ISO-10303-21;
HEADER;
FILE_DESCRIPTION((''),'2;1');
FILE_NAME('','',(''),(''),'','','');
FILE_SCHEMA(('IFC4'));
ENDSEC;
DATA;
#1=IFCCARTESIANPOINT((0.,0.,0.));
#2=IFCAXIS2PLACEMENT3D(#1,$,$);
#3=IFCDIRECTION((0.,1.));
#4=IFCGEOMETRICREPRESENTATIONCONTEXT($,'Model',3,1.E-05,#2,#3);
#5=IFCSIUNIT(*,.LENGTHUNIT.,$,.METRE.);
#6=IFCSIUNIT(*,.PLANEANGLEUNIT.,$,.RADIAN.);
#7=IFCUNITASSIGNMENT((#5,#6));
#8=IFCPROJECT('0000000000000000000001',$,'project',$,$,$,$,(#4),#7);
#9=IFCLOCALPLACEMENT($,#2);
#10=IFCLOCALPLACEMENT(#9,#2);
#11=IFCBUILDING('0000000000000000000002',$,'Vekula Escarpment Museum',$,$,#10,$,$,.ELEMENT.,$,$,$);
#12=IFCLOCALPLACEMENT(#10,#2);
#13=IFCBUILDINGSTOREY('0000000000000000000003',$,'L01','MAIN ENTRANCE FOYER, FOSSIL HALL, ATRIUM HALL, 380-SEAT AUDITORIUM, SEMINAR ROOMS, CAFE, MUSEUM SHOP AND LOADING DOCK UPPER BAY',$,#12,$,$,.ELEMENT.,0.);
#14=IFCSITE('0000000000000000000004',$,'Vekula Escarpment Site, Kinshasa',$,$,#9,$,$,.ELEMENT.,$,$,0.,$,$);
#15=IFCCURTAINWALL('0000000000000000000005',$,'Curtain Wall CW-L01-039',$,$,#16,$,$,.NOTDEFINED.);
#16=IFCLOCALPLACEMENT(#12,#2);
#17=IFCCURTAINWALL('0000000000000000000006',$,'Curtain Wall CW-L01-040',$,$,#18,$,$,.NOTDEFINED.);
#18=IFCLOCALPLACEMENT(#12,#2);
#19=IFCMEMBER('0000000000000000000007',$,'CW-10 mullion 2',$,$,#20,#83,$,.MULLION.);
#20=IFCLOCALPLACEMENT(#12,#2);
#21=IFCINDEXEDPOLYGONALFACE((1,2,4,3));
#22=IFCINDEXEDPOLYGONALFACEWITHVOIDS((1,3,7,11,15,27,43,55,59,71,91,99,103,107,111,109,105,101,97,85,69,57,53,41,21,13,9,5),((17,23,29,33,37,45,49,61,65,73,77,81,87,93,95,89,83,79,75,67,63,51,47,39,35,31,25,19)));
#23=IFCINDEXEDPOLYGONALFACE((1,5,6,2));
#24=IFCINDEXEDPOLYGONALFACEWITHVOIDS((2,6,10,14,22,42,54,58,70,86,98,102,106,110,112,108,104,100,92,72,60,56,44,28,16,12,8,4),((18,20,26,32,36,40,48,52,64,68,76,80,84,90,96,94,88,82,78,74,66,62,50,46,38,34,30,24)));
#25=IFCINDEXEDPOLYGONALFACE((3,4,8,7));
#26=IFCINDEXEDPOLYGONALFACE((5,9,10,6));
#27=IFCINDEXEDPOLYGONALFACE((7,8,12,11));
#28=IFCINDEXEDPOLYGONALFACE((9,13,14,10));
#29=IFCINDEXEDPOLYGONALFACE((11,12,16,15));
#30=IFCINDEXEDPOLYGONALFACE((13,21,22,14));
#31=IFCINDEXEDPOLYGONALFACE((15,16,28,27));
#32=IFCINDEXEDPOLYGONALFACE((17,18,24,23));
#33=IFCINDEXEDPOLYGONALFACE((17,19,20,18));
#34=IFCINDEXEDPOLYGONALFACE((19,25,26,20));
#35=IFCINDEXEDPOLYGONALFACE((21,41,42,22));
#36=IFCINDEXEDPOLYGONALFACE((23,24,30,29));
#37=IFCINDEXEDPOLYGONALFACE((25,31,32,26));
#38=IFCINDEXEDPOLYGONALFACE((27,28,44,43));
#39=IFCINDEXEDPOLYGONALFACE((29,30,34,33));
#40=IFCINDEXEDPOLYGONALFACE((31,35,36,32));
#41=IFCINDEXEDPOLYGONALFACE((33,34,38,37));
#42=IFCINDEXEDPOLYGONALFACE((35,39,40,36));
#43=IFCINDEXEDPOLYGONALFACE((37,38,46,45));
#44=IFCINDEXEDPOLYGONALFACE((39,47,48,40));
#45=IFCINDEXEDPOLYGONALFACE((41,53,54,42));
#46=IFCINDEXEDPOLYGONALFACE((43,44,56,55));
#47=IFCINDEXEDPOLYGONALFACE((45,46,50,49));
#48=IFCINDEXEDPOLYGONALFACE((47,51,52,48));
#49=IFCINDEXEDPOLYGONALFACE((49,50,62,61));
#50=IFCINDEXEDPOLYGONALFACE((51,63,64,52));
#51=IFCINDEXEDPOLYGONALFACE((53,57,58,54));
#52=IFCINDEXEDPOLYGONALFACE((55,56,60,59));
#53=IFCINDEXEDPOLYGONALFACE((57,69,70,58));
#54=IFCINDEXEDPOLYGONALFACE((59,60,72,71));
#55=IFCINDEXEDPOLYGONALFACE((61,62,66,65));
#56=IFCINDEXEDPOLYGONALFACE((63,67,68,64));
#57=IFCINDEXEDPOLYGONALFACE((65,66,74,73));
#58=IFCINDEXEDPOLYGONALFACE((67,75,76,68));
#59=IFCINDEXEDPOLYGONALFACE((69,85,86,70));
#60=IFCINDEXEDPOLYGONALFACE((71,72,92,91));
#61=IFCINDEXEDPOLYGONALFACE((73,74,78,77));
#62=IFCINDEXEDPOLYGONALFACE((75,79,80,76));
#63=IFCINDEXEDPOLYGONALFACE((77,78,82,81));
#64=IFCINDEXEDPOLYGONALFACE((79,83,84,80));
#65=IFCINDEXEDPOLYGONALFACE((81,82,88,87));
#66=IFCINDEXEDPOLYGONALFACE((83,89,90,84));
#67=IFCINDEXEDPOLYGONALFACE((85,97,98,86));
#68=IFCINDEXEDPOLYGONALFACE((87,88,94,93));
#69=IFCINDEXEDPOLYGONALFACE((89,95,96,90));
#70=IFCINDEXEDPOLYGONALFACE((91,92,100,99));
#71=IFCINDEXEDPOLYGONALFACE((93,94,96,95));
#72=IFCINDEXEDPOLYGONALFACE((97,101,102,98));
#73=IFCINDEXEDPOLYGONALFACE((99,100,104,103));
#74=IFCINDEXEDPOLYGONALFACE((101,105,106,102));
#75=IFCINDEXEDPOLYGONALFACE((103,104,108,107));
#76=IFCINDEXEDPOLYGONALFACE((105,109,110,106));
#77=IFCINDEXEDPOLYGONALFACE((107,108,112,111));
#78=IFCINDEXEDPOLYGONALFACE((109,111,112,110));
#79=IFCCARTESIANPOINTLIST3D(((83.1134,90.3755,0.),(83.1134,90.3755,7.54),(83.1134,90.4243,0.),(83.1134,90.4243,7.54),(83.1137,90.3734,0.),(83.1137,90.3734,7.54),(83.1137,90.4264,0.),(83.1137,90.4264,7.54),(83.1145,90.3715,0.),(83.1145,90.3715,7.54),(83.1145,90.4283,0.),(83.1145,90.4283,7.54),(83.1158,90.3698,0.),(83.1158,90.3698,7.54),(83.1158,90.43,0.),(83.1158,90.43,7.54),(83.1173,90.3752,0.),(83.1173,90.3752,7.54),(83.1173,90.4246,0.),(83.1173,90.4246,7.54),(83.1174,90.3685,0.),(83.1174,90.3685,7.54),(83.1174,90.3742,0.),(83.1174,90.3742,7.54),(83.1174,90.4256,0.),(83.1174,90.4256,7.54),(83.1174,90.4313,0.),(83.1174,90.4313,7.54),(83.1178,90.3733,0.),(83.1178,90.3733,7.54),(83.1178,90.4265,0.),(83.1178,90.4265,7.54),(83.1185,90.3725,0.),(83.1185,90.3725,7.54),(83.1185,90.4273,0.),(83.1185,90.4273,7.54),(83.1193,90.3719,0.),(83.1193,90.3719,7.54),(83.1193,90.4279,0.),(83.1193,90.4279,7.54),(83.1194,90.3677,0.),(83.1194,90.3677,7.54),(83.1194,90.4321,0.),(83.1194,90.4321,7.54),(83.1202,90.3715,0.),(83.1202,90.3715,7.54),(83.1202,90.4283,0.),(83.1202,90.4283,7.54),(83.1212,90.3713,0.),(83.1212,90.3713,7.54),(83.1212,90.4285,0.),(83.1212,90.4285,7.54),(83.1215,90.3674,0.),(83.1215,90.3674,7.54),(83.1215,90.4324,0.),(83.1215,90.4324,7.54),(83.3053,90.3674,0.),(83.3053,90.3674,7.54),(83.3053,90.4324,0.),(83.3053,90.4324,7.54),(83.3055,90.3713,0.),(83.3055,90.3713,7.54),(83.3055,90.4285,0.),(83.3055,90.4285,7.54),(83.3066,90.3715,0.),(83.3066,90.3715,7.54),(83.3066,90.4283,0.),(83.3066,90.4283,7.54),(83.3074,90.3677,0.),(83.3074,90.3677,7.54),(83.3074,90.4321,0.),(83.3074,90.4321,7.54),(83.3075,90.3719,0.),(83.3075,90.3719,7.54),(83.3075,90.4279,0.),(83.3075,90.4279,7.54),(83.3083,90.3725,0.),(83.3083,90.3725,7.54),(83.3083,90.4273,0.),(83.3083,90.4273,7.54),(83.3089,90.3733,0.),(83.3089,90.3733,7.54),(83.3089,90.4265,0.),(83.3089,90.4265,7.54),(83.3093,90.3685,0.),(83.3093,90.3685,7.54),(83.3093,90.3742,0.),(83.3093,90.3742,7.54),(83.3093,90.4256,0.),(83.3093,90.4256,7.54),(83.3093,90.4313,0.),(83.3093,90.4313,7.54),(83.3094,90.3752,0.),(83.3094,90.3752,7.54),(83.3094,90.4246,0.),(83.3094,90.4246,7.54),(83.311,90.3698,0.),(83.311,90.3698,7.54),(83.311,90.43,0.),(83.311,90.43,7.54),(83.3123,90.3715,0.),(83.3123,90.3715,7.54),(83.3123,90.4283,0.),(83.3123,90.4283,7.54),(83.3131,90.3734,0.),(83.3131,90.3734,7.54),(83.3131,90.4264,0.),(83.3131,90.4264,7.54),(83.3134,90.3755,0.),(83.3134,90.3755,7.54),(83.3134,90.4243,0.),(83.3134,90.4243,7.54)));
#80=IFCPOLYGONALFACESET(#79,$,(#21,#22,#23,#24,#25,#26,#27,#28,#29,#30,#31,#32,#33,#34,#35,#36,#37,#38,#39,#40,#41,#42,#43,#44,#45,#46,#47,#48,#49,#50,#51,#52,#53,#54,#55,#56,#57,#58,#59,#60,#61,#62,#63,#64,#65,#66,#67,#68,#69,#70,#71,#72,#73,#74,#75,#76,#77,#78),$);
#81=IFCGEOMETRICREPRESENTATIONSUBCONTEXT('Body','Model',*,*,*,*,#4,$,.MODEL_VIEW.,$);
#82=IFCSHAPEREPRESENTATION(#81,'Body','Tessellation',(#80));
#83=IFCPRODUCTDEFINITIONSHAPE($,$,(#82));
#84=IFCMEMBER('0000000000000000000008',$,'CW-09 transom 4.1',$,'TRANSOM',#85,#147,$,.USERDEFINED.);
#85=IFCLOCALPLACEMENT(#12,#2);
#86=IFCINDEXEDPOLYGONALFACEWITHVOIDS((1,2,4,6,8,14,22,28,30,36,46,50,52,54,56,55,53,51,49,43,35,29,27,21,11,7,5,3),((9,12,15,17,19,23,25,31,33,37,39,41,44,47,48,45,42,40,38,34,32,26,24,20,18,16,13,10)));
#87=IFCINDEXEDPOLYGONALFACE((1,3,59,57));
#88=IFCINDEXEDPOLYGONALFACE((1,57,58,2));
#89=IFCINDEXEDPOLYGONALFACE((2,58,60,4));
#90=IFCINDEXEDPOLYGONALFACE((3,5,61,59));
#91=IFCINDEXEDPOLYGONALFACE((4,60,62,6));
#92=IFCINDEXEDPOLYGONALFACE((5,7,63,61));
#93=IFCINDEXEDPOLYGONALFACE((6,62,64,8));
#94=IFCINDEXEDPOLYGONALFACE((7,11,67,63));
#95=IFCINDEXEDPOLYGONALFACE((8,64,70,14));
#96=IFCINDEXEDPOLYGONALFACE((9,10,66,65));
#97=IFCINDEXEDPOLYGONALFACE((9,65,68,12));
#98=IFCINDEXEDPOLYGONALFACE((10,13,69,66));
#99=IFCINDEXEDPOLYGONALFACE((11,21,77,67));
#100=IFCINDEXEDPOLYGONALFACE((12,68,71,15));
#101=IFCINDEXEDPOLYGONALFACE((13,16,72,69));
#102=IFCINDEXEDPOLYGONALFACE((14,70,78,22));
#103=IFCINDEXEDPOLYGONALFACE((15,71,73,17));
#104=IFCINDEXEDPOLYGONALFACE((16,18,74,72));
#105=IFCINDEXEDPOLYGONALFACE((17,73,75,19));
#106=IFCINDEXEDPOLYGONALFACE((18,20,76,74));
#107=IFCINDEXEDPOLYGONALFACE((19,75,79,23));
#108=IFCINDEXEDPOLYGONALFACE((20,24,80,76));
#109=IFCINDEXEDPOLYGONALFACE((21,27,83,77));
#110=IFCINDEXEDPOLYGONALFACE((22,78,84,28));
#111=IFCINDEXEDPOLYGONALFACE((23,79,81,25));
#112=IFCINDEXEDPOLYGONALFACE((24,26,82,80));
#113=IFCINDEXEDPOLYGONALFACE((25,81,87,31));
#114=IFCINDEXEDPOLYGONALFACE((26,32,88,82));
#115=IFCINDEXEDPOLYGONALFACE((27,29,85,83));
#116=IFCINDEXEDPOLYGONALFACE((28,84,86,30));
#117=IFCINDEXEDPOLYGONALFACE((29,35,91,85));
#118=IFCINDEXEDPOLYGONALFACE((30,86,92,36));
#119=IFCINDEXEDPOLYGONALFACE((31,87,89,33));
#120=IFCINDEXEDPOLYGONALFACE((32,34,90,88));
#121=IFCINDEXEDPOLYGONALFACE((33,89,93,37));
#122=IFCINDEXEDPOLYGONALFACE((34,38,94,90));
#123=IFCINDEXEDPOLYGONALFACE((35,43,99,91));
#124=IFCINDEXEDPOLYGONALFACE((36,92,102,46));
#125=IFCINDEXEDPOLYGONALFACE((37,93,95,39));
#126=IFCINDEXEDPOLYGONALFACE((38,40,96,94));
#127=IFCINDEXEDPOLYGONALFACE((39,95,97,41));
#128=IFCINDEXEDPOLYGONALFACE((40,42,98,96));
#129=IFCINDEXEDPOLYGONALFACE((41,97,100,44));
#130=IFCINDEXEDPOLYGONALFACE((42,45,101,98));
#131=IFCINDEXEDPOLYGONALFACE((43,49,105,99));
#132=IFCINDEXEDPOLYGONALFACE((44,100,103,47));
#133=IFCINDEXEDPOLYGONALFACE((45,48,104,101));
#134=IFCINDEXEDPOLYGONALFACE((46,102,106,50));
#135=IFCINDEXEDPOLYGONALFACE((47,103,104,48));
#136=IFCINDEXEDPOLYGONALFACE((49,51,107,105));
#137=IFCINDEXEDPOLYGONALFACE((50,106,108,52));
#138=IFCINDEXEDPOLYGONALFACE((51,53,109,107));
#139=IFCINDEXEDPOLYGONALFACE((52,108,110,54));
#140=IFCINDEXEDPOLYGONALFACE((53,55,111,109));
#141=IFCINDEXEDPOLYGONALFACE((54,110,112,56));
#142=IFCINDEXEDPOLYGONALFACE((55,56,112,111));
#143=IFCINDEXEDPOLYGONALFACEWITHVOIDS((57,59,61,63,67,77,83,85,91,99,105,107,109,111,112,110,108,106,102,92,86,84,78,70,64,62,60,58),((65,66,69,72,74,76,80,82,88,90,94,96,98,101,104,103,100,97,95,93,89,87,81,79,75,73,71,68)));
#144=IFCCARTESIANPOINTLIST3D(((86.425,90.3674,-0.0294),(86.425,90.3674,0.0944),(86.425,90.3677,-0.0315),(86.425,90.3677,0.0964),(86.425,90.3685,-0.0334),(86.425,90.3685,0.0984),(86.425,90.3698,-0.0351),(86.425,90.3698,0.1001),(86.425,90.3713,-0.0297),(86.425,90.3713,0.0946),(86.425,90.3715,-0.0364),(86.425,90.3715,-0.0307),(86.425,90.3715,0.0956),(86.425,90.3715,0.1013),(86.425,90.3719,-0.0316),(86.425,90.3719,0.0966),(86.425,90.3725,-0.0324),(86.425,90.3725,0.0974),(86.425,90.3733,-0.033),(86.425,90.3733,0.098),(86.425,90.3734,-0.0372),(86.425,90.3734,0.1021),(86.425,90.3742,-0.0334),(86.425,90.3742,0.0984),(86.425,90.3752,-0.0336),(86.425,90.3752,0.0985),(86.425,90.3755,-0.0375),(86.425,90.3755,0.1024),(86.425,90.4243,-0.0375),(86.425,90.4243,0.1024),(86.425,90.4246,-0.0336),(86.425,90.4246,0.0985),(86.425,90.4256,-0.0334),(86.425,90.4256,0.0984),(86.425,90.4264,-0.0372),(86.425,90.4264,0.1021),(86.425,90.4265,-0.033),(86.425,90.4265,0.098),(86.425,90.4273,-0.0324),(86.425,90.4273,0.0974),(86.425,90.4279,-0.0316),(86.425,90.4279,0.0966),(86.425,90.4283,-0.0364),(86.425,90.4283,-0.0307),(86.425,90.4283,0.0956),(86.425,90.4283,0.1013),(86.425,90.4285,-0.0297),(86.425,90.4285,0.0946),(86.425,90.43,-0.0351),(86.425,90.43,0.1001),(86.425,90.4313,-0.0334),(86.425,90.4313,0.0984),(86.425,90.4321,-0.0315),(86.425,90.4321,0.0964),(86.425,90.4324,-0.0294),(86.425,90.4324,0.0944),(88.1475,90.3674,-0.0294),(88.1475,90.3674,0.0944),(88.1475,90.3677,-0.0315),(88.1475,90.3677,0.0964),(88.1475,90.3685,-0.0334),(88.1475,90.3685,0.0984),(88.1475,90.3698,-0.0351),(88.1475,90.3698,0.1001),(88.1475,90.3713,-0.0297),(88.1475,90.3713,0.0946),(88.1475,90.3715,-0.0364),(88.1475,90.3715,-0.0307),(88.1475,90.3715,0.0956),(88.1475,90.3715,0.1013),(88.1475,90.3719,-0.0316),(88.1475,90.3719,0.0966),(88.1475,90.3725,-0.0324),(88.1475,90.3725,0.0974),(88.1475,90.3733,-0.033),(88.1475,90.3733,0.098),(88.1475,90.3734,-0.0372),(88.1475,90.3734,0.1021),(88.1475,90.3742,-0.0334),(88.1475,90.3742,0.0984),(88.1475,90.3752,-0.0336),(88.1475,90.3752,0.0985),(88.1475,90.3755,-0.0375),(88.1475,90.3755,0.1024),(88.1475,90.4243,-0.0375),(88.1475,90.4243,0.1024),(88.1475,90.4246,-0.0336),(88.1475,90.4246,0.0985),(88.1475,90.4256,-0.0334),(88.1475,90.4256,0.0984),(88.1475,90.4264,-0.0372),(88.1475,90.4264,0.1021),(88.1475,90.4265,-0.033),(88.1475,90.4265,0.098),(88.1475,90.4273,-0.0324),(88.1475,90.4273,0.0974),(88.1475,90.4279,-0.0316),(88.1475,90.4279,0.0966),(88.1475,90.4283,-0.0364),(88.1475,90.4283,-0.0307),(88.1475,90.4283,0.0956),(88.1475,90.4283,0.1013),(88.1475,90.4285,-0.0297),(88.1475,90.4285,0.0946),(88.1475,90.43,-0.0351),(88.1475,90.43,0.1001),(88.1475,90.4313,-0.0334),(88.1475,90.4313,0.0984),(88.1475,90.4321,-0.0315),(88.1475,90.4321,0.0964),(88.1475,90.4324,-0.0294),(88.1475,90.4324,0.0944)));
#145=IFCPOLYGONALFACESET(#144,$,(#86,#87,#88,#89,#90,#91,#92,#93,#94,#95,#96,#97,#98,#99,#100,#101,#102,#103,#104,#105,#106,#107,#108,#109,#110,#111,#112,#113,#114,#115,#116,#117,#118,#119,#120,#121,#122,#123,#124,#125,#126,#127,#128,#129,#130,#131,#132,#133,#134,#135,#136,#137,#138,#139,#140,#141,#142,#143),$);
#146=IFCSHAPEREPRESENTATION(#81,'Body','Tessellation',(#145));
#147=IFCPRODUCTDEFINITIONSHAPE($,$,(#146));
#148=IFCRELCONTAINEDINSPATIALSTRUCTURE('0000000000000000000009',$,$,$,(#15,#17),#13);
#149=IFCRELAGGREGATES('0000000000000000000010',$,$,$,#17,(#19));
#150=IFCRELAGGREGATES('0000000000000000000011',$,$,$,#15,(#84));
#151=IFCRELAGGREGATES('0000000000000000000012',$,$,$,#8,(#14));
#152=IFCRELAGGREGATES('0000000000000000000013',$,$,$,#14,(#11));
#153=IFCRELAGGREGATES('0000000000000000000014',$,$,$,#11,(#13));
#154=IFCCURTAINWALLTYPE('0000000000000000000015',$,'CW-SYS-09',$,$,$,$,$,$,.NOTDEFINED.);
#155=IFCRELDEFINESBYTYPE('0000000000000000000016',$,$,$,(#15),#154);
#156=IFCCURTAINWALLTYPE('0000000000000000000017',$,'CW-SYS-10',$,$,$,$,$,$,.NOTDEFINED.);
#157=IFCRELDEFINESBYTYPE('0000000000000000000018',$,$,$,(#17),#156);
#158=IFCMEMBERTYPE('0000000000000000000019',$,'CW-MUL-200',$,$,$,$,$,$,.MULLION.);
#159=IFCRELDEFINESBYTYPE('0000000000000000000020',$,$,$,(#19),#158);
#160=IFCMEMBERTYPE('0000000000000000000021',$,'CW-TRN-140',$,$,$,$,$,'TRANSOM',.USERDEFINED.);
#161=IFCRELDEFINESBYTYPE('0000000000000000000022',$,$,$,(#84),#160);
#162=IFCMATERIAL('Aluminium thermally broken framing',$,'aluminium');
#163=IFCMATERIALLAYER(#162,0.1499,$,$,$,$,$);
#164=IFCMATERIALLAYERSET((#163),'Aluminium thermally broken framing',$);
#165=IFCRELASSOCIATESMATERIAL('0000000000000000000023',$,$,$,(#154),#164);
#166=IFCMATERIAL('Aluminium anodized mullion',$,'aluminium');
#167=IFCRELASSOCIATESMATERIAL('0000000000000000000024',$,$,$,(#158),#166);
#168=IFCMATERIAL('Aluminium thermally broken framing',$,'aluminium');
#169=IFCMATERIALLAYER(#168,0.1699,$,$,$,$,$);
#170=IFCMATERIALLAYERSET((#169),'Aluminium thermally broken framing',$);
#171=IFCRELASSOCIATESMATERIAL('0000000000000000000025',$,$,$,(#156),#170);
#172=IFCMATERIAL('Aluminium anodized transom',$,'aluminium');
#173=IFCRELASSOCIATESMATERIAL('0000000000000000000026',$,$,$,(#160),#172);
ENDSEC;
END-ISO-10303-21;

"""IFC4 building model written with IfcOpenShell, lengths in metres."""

from ifc_helpers import new_model, si_unit, direction, frame, origin, origin_2d, place, context, subcontext, project, spatial, hollow_rectangle, extrude, material, layer, layer_set, material_profile, profile_set, type_object, element, aggregate, save


model = new_model("IFC4")

# Units and contexts
model_context = context("Model", 3, precision=1e-05, world=origin(), true_north=direction((0.0, 1.0)))
body_context = subcontext(model_context, "Body", "Model", "MODEL_VIEW")
ifc_project = project(units=[si_unit("LENGTHUNIT", "METRE"), si_unit("PLANEANGLEUNIT", "RADIAN")], contexts=[model_context])

# Site, building, storey
site_placement = place(None, origin())
site = spatial("IfcSite", under=ifc_project, at=site_placement, Name="Vekula Escarpment Site, Kinshasa", CompositionType="ELEMENT", RefElevation=0.0)
building_placement = place(site_placement, origin())
building = spatial("IfcBuilding", under=site, at=building_placement, Name="Vekula Escarpment Museum", CompositionType="ELEMENT")
storey_placement = place(building_placement, origin())
storey = spatial("IfcBuildingStorey", under=building, at=storey_placement, Name="L01", Description="MAIN ENTRANCE FOYER, FOSSIL HALL, ATRIUM HALL, 380-SEAT AUDITORIUM, SEMINAR ROOMS, CAFE, MUSEUM SHOP AND LOADING DOCK UPPER BAY", CompositionType="ELEMENT", Elevation=0.0)

# Curtain walls, member
ifc_material_1 = material(Name="Aluminium thermally broken framing", Category="aluminium")
ifc_layer_1 = layer(ifc_material_1, 0.1499)
ifc_layer_set_1 = layer_set([ifc_layer_1], Name="Aluminium thermally broken framing")
curtain_wall_type_1 = type_object("IfcCurtainWallType", Name="CW-SYS-09", PredefinedType="NOTDEFINED", material=ifc_layer_set_1)
curtain_wall_1_placement = place(storey_placement, origin())
curtain_wall_1 = element("IfcCurtainWall", 1, at=curtain_wall_1_placement, inside=storey, type_object=curtain_wall_type_1, Name="Curtain Wall CW-L01-039", PredefinedType="NOTDEFINED")
ifc_material_2 = material(Name="Aluminium anodized mullion", Category="aluminium")
ifc_material_profile_1 = material_profile(ifc_material_2, hollow_rectangle(XDim=0.0649, YDim=0.2, WallThickness=0.0039, InnerFilletRadius=0.0039, OuterFilletRadius=0.0081, at=origin_2d()), Name="ALU 200x65x4")
ifc_profile_set_1 = profile_set([ifc_material_profile_1], Name="Aluminium anodized mullion")
member_type_1 = type_object("IfcMemberType", Name="CW-MUL-200", PredefinedType="MULLION", material=ifc_profile_set_1)
ifc_material_3 = material(Name="Aluminium thermally broken framing", Category="aluminium")
ifc_layer_2 = layer(ifc_material_3, 0.1699)
ifc_layer_set_2 = layer_set([ifc_layer_2], Name="Aluminium thermally broken framing")
curtain_wall_type_2 = type_object("IfcCurtainWallType", Name="CW-SYS-10", PredefinedType="NOTDEFINED", material=ifc_layer_set_2)
curtain_wall_2_placement = place(storey_placement, origin())
curtain_wall_2 = element("IfcCurtainWall", 2, at=curtain_wall_2_placement, inside=storey, type_object=curtain_wall_type_2, Name="Curtain Wall CW-L01-040", PredefinedType="NOTDEFINED")
member_1_placement = place(storey_placement, frame((83.2134, 90.3999, 0.0), z_axis=(0.0, 0.0, 1.0), x_axis=(0.0, -1.0, 0.0)))
member_1 = element("IfcMember", 3, at=member_1_placement, type_object=member_type_1, Name="CW-10 mullion 2", PredefinedType="MULLION", context=body_context, shape_type="SweptSolid", body=[
    extrude(hollow_rectangle(XDim=0.0649, YDim=0.2, WallThickness=0.0039, InnerFilletRadius=0.0039, OuterFilletRadius=0.0081, at=origin_2d()), origin(), (0.0, 0.0, 1.0), 7.54),
])

# Member
ifc_material_4 = material(Name="Aluminium anodized transom", Category="aluminium")
ifc_material_profile_2 = material_profile(ifc_material_4, hollow_rectangle(XDim=0.0649, YDim=0.1399, WallThickness=0.0039, InnerFilletRadius=0.0039, OuterFilletRadius=0.0081, at=origin_2d()), Name="ALU 140x65x4")
ifc_profile_set_2 = profile_set([ifc_material_profile_2], Name="Aluminium anodized transom")
member_type_2 = type_object("IfcMemberType", Name="CW-TRN-140", ElementType="TRANSOM", PredefinedType="USERDEFINED", material=ifc_profile_set_2)
member_2_placement = place(storey_placement, frame((88.1475, 90.3999, 0.0325), z_axis=(-1.0, 0.0, 0.0), x_axis=(0.0, -1.0, 0.0)))
member_2 = element("IfcMember", 4, at=member_2_placement, type_object=member_type_2, Name="CW-09 transom 4.1", ObjectType="TRANSOM", PredefinedType="USERDEFINED", context=body_context, shape_type="SweptSolid", body=[
    extrude(hollow_rectangle(XDim=0.0649, YDim=0.1399, WallThickness=0.0039, InnerFilletRadius=0.0039, OuterFilletRadius=0.0081, at=origin_2d()), origin(), (0.0, 0.0, 1.0), 1.7224),
])

aggregate(curtain_wall_2, [member_1])
aggregate(curtain_wall_1, [member_2])

save(model, "model.ifc")
